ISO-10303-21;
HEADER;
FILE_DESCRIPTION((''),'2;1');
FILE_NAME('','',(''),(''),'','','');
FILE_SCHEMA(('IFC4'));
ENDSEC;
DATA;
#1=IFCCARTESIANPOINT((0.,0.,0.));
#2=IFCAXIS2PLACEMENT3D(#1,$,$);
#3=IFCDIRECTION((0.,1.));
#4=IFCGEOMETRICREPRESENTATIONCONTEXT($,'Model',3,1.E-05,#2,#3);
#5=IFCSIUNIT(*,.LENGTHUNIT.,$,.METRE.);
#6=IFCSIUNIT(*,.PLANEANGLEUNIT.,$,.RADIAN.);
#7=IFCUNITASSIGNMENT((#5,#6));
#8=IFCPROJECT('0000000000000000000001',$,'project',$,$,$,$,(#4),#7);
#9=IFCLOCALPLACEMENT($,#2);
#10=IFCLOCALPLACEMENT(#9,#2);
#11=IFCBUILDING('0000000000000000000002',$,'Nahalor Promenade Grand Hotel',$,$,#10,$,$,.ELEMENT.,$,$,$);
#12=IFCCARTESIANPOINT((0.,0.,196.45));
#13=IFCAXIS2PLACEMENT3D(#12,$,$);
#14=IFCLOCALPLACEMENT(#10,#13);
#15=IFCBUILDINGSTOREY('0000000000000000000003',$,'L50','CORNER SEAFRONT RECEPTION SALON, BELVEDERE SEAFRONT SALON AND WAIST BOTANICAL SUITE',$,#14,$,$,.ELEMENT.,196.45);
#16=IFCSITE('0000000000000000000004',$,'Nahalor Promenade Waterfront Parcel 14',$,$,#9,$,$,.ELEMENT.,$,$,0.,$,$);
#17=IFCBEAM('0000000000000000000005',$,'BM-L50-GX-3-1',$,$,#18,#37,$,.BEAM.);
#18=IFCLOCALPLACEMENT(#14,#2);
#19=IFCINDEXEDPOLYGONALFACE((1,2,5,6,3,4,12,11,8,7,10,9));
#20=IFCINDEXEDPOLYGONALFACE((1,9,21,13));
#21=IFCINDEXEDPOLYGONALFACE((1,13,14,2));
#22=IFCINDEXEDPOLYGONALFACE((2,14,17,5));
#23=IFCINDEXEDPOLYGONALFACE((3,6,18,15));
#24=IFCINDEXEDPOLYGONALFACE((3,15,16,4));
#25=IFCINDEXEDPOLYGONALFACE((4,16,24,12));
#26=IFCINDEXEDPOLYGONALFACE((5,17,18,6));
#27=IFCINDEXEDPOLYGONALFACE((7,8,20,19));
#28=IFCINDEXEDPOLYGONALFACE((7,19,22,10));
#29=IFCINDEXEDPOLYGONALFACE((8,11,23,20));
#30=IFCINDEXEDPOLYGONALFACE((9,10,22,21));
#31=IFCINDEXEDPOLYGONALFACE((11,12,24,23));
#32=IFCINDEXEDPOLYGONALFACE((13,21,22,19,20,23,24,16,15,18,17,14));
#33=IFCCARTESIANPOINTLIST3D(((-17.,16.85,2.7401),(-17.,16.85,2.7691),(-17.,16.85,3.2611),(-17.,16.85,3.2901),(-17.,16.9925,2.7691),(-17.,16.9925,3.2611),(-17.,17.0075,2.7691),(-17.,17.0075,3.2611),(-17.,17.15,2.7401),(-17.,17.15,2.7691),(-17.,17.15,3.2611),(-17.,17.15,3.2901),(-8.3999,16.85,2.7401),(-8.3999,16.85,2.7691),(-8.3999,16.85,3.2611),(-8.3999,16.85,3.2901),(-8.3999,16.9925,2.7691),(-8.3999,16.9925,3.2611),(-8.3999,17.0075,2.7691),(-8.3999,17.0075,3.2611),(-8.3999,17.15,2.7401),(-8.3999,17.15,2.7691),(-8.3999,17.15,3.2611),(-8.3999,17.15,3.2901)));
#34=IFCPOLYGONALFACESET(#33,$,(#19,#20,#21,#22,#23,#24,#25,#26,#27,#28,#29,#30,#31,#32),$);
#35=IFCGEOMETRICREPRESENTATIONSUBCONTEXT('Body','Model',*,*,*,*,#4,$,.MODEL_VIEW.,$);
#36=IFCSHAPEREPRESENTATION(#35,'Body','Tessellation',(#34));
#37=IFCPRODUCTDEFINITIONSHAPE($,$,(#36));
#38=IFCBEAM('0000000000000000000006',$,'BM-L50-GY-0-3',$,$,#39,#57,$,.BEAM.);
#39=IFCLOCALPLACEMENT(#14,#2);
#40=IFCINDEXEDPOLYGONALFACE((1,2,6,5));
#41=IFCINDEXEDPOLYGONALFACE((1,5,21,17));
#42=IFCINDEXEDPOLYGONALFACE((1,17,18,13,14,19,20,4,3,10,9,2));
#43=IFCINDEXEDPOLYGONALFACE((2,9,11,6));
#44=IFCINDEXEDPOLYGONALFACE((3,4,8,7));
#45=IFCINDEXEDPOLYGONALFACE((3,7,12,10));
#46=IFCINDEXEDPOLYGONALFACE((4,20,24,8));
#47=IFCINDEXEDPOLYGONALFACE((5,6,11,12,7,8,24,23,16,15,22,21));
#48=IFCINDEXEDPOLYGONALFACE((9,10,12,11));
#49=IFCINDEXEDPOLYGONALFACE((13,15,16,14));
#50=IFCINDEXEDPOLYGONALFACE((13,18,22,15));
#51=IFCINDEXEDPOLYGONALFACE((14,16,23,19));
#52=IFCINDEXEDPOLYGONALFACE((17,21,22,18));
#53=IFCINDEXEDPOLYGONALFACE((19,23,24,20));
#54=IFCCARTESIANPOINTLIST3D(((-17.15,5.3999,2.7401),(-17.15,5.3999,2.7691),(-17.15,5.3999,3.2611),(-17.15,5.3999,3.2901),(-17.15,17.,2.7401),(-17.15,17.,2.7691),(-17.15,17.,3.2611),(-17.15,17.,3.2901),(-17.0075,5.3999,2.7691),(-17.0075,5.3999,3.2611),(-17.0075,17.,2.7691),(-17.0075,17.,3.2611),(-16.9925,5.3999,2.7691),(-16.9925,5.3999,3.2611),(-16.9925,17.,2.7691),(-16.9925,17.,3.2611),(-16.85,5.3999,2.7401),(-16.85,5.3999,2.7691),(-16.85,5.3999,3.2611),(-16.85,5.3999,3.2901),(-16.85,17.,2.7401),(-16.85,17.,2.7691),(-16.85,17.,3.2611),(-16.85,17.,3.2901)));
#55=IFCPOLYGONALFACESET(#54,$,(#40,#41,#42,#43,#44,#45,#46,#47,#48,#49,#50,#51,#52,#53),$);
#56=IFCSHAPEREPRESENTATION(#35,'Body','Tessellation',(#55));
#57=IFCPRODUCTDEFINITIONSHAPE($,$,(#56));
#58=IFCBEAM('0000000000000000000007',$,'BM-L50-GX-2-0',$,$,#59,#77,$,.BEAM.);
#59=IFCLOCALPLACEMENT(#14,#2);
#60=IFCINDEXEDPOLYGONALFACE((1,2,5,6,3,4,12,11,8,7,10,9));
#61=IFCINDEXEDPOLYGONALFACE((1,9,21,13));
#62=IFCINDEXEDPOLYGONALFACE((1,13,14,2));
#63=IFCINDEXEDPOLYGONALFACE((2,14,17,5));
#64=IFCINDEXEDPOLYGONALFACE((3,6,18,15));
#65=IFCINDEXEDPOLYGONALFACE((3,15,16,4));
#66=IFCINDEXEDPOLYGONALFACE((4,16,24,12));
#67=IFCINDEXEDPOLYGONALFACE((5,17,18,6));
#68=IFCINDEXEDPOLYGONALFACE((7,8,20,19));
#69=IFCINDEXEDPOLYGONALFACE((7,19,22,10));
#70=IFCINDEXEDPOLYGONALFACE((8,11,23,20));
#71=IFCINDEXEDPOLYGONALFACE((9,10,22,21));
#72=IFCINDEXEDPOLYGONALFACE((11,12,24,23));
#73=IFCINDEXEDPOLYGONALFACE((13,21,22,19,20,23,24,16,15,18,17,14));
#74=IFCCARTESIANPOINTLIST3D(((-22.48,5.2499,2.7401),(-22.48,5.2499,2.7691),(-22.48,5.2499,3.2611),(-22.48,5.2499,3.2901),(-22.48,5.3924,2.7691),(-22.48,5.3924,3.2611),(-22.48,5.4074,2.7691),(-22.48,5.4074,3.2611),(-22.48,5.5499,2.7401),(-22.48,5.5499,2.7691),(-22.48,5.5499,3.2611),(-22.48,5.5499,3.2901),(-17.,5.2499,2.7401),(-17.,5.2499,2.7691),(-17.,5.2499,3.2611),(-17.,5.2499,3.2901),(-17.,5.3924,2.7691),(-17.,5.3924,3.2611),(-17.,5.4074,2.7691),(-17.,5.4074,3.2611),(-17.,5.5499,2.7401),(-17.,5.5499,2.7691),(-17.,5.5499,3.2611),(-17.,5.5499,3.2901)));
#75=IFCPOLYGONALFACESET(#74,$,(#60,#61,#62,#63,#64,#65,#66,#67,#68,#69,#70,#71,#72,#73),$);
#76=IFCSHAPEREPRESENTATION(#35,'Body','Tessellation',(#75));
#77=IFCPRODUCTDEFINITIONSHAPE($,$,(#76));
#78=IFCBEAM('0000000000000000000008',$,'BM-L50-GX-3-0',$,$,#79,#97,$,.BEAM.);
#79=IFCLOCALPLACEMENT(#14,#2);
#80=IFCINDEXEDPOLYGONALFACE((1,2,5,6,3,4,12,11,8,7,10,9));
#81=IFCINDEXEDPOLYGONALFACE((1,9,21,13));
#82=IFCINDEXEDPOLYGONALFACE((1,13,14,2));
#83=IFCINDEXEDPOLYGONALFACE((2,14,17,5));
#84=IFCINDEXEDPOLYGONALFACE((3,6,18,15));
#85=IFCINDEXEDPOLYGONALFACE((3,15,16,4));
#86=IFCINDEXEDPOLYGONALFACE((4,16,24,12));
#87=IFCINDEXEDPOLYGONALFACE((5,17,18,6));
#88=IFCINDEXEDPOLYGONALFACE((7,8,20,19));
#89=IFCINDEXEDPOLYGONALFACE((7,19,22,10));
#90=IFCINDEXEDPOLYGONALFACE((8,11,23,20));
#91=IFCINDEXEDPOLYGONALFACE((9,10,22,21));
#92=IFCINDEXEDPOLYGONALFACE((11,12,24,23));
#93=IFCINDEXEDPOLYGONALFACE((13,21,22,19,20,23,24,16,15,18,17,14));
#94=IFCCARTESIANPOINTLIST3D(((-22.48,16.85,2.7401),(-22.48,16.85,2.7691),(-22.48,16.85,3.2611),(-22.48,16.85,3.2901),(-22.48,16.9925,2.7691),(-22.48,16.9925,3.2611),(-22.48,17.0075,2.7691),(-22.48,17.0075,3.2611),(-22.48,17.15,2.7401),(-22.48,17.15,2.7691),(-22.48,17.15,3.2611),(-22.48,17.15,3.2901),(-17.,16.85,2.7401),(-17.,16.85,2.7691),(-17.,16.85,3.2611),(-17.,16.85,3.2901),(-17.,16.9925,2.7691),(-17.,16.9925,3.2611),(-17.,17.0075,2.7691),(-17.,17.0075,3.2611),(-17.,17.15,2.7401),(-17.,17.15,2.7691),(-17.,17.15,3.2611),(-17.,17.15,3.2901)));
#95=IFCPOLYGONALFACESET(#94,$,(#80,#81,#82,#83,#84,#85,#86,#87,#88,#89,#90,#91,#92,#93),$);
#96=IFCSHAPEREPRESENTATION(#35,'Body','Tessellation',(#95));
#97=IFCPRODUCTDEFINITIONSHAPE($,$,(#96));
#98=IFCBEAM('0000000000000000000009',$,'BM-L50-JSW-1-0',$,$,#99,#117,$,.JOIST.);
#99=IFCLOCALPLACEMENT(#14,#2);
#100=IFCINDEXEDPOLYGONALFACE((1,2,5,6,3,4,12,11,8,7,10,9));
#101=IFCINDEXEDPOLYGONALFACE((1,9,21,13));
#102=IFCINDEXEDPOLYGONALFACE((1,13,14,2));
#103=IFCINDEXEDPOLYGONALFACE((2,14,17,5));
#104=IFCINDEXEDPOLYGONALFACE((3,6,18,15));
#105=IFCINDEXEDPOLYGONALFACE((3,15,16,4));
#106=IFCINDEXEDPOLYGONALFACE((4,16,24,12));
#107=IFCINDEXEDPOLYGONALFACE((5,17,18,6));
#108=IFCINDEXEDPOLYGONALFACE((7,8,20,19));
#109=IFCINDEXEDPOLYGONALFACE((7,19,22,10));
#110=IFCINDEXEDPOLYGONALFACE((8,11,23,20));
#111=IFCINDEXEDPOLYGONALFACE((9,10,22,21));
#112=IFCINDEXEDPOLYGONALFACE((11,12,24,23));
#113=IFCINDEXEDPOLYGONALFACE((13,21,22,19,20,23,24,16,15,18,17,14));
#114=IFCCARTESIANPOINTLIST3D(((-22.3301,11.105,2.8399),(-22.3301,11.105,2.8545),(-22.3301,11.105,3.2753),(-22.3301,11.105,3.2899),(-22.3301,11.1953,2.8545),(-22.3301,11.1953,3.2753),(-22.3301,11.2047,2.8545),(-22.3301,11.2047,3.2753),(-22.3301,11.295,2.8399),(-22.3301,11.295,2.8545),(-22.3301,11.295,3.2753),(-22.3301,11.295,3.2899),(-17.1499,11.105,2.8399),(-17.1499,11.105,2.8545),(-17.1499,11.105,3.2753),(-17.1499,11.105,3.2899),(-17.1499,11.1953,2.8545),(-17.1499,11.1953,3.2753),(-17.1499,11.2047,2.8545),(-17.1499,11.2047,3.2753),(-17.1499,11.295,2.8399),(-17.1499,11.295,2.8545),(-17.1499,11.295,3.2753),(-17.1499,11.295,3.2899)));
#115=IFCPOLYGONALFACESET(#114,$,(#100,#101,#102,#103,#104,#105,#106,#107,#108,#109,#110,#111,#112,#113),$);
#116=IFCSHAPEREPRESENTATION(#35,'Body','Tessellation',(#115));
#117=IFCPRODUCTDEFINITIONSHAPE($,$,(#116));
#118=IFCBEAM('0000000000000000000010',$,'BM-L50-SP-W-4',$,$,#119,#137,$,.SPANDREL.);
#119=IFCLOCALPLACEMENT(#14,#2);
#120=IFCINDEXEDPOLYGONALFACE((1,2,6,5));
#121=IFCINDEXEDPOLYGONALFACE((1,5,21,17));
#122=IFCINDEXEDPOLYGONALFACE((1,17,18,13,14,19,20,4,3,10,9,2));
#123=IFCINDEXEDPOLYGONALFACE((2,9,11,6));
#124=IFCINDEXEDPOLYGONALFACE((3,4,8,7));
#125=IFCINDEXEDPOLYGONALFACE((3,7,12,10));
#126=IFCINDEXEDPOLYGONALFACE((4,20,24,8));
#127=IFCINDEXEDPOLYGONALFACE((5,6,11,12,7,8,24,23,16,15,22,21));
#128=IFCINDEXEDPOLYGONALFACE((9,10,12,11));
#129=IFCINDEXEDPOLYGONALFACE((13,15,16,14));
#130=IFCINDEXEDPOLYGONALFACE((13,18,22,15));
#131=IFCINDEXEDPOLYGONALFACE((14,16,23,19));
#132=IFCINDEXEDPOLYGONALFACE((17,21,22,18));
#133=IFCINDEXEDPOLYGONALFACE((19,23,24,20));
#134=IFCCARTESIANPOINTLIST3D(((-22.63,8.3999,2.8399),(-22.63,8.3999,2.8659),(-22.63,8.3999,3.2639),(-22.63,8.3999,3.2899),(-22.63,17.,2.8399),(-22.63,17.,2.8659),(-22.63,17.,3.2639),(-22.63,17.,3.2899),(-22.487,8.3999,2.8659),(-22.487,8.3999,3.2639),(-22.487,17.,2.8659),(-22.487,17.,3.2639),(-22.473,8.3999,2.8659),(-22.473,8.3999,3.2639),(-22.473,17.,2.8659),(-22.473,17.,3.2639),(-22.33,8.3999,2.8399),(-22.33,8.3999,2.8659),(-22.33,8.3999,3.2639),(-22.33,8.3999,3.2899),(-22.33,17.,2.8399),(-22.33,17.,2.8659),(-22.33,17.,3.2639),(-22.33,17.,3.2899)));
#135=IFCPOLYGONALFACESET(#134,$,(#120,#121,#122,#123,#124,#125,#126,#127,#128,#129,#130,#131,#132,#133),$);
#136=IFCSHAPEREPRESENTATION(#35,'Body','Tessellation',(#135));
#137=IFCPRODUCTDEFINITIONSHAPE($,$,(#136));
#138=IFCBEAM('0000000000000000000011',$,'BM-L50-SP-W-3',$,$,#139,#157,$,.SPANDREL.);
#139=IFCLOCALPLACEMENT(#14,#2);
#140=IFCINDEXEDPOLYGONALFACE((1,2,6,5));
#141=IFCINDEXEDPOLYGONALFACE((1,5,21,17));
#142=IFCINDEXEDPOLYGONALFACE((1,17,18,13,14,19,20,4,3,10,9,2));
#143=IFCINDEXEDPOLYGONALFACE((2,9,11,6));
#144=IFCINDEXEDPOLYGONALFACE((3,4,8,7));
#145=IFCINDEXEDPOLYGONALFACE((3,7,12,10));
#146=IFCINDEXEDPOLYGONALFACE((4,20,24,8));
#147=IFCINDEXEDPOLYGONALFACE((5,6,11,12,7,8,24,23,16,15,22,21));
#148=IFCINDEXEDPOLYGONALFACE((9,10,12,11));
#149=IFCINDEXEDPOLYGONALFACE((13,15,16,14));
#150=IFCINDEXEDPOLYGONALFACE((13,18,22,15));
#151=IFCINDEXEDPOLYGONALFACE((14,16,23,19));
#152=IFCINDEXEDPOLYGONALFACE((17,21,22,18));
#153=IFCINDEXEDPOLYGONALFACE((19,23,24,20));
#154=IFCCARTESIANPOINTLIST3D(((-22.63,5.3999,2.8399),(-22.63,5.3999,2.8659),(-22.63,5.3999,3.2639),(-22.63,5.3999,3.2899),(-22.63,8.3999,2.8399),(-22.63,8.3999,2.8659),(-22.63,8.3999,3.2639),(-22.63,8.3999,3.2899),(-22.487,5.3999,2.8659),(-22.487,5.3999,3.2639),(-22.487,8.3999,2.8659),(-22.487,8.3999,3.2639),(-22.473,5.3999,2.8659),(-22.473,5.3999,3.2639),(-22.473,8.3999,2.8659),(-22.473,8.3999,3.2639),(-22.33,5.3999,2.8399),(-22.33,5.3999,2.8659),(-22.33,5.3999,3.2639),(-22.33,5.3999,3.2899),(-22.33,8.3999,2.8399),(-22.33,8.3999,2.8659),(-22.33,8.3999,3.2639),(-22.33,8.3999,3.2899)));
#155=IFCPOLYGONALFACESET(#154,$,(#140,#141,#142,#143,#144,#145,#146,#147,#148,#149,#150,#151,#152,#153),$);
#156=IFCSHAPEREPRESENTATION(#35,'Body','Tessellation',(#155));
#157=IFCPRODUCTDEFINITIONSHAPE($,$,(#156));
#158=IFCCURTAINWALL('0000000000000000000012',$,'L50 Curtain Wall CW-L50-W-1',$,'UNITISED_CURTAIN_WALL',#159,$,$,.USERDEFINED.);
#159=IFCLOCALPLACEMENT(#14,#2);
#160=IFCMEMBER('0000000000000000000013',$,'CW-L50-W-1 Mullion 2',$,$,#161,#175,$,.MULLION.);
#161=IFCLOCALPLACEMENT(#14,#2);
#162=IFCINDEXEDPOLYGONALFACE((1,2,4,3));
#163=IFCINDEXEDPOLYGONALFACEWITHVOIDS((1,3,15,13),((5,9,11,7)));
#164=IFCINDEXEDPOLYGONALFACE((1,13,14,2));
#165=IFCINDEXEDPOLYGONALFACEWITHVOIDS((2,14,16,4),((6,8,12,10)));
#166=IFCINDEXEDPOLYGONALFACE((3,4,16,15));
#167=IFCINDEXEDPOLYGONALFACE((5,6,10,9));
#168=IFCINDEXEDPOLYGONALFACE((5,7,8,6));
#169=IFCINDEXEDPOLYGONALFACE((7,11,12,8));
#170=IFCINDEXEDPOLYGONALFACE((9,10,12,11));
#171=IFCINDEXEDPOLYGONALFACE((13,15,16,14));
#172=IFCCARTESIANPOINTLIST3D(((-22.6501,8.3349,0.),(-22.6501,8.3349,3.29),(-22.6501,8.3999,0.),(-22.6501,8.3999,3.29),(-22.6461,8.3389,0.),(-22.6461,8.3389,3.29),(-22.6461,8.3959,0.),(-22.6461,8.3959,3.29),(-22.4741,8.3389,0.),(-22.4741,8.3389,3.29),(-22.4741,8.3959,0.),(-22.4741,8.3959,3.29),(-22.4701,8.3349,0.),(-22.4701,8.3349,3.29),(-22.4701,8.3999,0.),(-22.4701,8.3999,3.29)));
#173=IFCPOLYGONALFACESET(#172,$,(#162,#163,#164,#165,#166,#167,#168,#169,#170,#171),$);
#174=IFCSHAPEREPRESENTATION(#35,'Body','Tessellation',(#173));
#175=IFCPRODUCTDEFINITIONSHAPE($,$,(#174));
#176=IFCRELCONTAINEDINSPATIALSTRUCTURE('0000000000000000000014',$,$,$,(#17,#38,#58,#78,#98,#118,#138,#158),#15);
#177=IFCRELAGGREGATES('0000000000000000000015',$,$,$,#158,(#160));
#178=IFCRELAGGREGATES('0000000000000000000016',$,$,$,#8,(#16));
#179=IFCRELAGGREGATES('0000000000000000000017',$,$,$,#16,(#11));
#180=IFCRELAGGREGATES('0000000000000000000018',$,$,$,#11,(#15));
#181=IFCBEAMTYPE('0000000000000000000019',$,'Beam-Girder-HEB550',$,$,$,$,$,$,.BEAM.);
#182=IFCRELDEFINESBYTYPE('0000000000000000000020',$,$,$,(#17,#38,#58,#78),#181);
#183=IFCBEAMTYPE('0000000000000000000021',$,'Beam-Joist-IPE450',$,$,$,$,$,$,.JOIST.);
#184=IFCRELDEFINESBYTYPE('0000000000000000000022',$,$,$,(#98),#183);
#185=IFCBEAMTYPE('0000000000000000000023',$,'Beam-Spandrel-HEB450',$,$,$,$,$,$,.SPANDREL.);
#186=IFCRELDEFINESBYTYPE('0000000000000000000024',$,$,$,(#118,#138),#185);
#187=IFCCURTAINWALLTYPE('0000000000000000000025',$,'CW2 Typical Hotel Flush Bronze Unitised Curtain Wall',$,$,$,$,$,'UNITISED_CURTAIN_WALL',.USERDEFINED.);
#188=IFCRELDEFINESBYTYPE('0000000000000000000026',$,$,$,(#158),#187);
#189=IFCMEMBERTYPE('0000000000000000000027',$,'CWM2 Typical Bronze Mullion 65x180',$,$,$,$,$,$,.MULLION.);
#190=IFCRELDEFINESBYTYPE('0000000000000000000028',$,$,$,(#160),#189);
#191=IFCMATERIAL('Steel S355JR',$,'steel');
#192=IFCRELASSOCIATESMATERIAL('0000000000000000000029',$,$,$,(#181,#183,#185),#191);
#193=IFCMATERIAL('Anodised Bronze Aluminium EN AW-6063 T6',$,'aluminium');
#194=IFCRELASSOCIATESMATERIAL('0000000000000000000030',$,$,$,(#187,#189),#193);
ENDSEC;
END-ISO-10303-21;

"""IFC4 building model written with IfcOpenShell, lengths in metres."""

from ifc_helpers import new_model, si_unit, direction, frame, origin, origin_2d, place, context, subcontext, project, spatial, hollow_rectangle, i_section, extrude, source, transform, mapped, material, material_profile, profile_set, type_object, element, aggregate, save


model = new_model("IFC4")

# Units and contexts
model_context = context("Model", 3, precision=1e-05, world=origin(), true_north=direction((0.0, 1.0)))
body_context = subcontext(model_context, "Body", "Model", "MODEL_VIEW")
ifc_project = project(units=[si_unit("LENGTHUNIT", "METRE"), si_unit("PLANEANGLEUNIT", "RADIAN")], contexts=[model_context])

# Site, building, storey
site_placement = place(None, origin())
site = spatial("IfcSite", under=ifc_project, at=site_placement, Name="Nahalor Promenade Waterfront Parcel 14", CompositionType="ELEMENT", RefElevation=0.0)
building_placement = place(site_placement, origin())
building = spatial("IfcBuilding", under=site, at=building_placement, Name="Nahalor Promenade Grand Hotel", CompositionType="ELEMENT")
storey_placement = place(building_placement, frame((0.0, 0.0, 196.45)))
storey = spatial("IfcBuildingStorey", under=building, at=storey_placement, Name="L50", Description="CORNER SEAFRONT RECEPTION SALON, BELVEDERE SEAFRONT SALON AND WAIST BOTANICAL SUITE", CompositionType="ELEMENT", Elevation=196.45)

# Beams
ifc_material_1 = material(Name="Steel S355JR", Category="steel")
ifc_material_profile_1 = material_profile(ifc_material_1, i_section(OverallWidth=0.3, OverallDepth=0.55, WebThickness=0.015, FlangeThickness=0.029, at=origin_2d()), Name="HEB 550")
ifc_profile_set_1 = profile_set([ifc_material_profile_1], Name="Steel S355JR")
beam_type_1 = type_object("IfcBeamType", Name="Beam-Girder-HEB550", PredefinedType="BEAM", material=ifc_profile_set_1)
shared_shape_1 = source(origin(), body_context, "Body", "SweptSolid", [
    extrude(i_section(OverallWidth=0.3, OverallDepth=0.55, WebThickness=0.015, FlangeThickness=0.029, at=origin_2d()), origin(), (0.0, 0.0, 1.0), 8.6001),
])
for number, where, z_axis, x_axis, name in (
    (1, (-17.0, 17.0, 3.0151), (1.0, 0.0, 0.0), (0.0, 1.0, 0.0), "BM-L50-GX-3-1"),
):
    element("IfcBeam", number, at=place(storey_placement, frame(where, z_axis=z_axis, x_axis=x_axis)), inside=storey, type_object=beam_type_1, Name=name, PredefinedType="BEAM", context=body_context, shape_type="MappedRepresentation", body=[
        mapped(shared_shape_1, transform((0.0, 0.0, 0.0), scale=1.0)),
    ])
shared_shape_2 = source(origin(), body_context, "Body", "SweptSolid", [
    extrude(i_section(OverallWidth=0.3, OverallDepth=0.55, WebThickness=0.015, FlangeThickness=0.029, at=origin_2d()), origin(), (0.0, 0.0, 1.0), 11.6001),
])
beam_1_placement = place(storey_placement, frame((-17.0, 5.3999, 3.0151), z_axis=(0.0, 1.0, 0.0), x_axis=(-1.0, 0.0, 0.0)))
element("IfcBeam", 2, at=beam_1_placement, inside=storey, type_object=beam_type_1, Name="BM-L50-GY-0-3", PredefinedType="BEAM", context=body_context, shape_type="MappedRepresentation", body=[
    mapped(shared_shape_2, transform((0.0, 0.0, 0.0), scale=1.0)),
])
shared_shape_3 = source(origin(), body_context, "Body", "SweptSolid", [
    extrude(i_section(OverallWidth=0.3, OverallDepth=0.55, WebThickness=0.015, FlangeThickness=0.029, at=origin_2d()), origin(), (0.0, 0.0, 1.0), 5.48),
])
for number, where, z_axis, x_axis, name in (
    (3, (-22.48, 5.3999, 3.0151), (1.0, 0.0, 0.0), (0.0, 1.0, 0.0), "BM-L50-GX-2-0"),
    (4, (-22.48, 17.0, 3.0151), (1.0, 0.0, 0.0), (0.0, 1.0, 0.0), "BM-L50-GX-3-0"),
):
    element("IfcBeam", number, at=place(storey_placement, frame(where, z_axis=z_axis, x_axis=x_axis)), inside=storey, type_object=beam_type_1, Name=name, PredefinedType="BEAM", context=body_context, shape_type="MappedRepresentation", body=[
        mapped(shared_shape_3, transform((0.0, 0.0, 0.0), scale=1.0)),
    ])
ifc_material_profile_2 = material_profile(ifc_material_1, i_section(OverallWidth=0.19, OverallDepth=0.45, WebThickness=0.0094, FlangeThickness=0.0146, at=origin_2d()), Name="IPE 450")
ifc_profile_set_2 = profile_set([ifc_material_profile_2], Name="Steel S355JR")
beam_type_2 = type_object("IfcBeamType", Name="Beam-Joist-IPE450", PredefinedType="JOIST", material=ifc_profile_set_2)
shared_shape_4 = source(origin(), body_context, "Body", "SweptSolid", [
    extrude(i_section(OverallWidth=0.19, OverallDepth=0.45, WebThickness=0.0094, FlangeThickness=0.0146, at=origin_2d()), origin(), (0.0, 0.0, 1.0), 5.1802),
])
beam_2_placement = place(storey_placement, frame((-22.3301, 11.2, 3.0649), z_axis=(1.0, 0.0, 0.0), x_axis=(0.0, 1.0, 0.0)))
element("IfcBeam", 5, at=beam_2_placement, inside=storey, type_object=beam_type_2, Name="BM-L50-JSW-1-0", PredefinedType="JOIST", context=body_context, shape_type="MappedRepresentation", body=[
    mapped(shared_shape_4, transform((0.0, 0.0, 0.0), scale=1.0)),
])
ifc_material_profile_3 = material_profile(ifc_material_1, i_section(OverallWidth=0.3, OverallDepth=0.45, WebThickness=0.014, FlangeThickness=0.026, at=origin_2d()), Name="HEB 450")
ifc_profile_set_3 = profile_set([ifc_material_profile_3], Name="Steel S355JR")
beam_type_3 = type_object("IfcBeamType", Name="Beam-Spandrel-HEB450", PredefinedType="SPANDREL", material=ifc_profile_set_3)
shared_shape_5 = source(origin(), body_context, "Body", "SweptSolid", [
    extrude(i_section(OverallWidth=0.3, OverallDepth=0.45, WebThickness=0.014, FlangeThickness=0.026, at=origin_2d()), origin(), (0.0, 0.0, 1.0), 8.6001),
])
beam_3_placement = place(storey_placement, frame((-22.48, 8.3999, 3.0649), z_axis=(0.0, 1.0, 0.0), x_axis=(-1.0, 0.0, 0.0)))
element("IfcBeam", 6, at=beam_3_placement, inside=storey, type_object=beam_type_3, Name="BM-L50-SP-W-4", PredefinedType="SPANDREL", context=body_context, shape_type="MappedRepresentation", body=[
    mapped(shared_shape_5, transform((0.0, 0.0, 0.0), scale=1.0)),
])
shared_shape_6 = source(origin(), body_context, "Body", "SweptSolid", [
    extrude(i_section(OverallWidth=0.3, OverallDepth=0.45, WebThickness=0.014, FlangeThickness=0.026, at=origin_2d()), origin(), (0.0, 0.0, 1.0), 3.0),
])
beam_4_placement = place(storey_placement, frame((-22.48, 5.3999, 3.0649), z_axis=(0.0, 1.0, 0.0), x_axis=(-1.0, 0.0, 0.0)))
element("IfcBeam", 7, at=beam_4_placement, inside=storey, type_object=beam_type_3, Name="BM-L50-SP-W-3", PredefinedType="SPANDREL", context=body_context, shape_type="MappedRepresentation", body=[
    mapped(shared_shape_6, transform((0.0, 0.0, 0.0), scale=1.0)),
])

# Curtain wall, member
ifc_material_2 = material(Name="Anodised Bronze Aluminium EN AW-6063 T6", Category="aluminium")
curtain_wall_type = type_object("IfcCurtainWallType", Name="CW2 Typical Hotel Flush Bronze Unitised Curtain Wall", ElementType="UNITISED_CURTAIN_WALL", PredefinedType="USERDEFINED", material=ifc_material_2)
curtain_wall_placement = place(storey_placement, origin())
curtain_wall = element("IfcCurtainWall", 8, at=curtain_wall_placement, inside=storey, type_object=curtain_wall_type, Name="L50 Curtain Wall CW-L50-W-1", ObjectType="UNITISED_CURTAIN_WALL", PredefinedType="USERDEFINED")
ifc_material_profile_4 = material_profile(ifc_material_2, hollow_rectangle(XDim=0.065, YDim=0.18, WallThickness=0.004, at=origin_2d()), Name="CWM 65x180x4")
ifc_profile_set_4 = profile_set([ifc_material_profile_4], Name="Anodised Bronze Aluminium EN AW-6063 T6")
member_type = type_object("IfcMemberType", Name="CWM2 Typical Bronze Mullion 65x180", PredefinedType="MULLION", material=ifc_profile_set_4)
shared_shape_7 = source(origin(), body_context, "Body", "SweptSolid", [
    extrude(hollow_rectangle(XDim=0.065, YDim=0.18, WallThickness=0.004, at=origin_2d()), origin(), (0.0, 0.0, 1.0), 3.29),
])
member_placement = place(storey_placement, frame((-22.5601, 8.3674, 0.0), z_axis=(0.0, 0.0, 1.0), x_axis=(0.0, 1.0, 0.0)))
member = element("IfcMember", 9, at=member_placement, type_object=member_type, Name="CW-L50-W-1 Mullion 2", PredefinedType="MULLION", context=body_context, shape_type="MappedRepresentation", body=[
    mapped(shared_shape_7, transform((0.0, 0.0, 0.0), scale=1.0)),
])
aggregate(curtain_wall, [member])

save(model, "model.ifc")
